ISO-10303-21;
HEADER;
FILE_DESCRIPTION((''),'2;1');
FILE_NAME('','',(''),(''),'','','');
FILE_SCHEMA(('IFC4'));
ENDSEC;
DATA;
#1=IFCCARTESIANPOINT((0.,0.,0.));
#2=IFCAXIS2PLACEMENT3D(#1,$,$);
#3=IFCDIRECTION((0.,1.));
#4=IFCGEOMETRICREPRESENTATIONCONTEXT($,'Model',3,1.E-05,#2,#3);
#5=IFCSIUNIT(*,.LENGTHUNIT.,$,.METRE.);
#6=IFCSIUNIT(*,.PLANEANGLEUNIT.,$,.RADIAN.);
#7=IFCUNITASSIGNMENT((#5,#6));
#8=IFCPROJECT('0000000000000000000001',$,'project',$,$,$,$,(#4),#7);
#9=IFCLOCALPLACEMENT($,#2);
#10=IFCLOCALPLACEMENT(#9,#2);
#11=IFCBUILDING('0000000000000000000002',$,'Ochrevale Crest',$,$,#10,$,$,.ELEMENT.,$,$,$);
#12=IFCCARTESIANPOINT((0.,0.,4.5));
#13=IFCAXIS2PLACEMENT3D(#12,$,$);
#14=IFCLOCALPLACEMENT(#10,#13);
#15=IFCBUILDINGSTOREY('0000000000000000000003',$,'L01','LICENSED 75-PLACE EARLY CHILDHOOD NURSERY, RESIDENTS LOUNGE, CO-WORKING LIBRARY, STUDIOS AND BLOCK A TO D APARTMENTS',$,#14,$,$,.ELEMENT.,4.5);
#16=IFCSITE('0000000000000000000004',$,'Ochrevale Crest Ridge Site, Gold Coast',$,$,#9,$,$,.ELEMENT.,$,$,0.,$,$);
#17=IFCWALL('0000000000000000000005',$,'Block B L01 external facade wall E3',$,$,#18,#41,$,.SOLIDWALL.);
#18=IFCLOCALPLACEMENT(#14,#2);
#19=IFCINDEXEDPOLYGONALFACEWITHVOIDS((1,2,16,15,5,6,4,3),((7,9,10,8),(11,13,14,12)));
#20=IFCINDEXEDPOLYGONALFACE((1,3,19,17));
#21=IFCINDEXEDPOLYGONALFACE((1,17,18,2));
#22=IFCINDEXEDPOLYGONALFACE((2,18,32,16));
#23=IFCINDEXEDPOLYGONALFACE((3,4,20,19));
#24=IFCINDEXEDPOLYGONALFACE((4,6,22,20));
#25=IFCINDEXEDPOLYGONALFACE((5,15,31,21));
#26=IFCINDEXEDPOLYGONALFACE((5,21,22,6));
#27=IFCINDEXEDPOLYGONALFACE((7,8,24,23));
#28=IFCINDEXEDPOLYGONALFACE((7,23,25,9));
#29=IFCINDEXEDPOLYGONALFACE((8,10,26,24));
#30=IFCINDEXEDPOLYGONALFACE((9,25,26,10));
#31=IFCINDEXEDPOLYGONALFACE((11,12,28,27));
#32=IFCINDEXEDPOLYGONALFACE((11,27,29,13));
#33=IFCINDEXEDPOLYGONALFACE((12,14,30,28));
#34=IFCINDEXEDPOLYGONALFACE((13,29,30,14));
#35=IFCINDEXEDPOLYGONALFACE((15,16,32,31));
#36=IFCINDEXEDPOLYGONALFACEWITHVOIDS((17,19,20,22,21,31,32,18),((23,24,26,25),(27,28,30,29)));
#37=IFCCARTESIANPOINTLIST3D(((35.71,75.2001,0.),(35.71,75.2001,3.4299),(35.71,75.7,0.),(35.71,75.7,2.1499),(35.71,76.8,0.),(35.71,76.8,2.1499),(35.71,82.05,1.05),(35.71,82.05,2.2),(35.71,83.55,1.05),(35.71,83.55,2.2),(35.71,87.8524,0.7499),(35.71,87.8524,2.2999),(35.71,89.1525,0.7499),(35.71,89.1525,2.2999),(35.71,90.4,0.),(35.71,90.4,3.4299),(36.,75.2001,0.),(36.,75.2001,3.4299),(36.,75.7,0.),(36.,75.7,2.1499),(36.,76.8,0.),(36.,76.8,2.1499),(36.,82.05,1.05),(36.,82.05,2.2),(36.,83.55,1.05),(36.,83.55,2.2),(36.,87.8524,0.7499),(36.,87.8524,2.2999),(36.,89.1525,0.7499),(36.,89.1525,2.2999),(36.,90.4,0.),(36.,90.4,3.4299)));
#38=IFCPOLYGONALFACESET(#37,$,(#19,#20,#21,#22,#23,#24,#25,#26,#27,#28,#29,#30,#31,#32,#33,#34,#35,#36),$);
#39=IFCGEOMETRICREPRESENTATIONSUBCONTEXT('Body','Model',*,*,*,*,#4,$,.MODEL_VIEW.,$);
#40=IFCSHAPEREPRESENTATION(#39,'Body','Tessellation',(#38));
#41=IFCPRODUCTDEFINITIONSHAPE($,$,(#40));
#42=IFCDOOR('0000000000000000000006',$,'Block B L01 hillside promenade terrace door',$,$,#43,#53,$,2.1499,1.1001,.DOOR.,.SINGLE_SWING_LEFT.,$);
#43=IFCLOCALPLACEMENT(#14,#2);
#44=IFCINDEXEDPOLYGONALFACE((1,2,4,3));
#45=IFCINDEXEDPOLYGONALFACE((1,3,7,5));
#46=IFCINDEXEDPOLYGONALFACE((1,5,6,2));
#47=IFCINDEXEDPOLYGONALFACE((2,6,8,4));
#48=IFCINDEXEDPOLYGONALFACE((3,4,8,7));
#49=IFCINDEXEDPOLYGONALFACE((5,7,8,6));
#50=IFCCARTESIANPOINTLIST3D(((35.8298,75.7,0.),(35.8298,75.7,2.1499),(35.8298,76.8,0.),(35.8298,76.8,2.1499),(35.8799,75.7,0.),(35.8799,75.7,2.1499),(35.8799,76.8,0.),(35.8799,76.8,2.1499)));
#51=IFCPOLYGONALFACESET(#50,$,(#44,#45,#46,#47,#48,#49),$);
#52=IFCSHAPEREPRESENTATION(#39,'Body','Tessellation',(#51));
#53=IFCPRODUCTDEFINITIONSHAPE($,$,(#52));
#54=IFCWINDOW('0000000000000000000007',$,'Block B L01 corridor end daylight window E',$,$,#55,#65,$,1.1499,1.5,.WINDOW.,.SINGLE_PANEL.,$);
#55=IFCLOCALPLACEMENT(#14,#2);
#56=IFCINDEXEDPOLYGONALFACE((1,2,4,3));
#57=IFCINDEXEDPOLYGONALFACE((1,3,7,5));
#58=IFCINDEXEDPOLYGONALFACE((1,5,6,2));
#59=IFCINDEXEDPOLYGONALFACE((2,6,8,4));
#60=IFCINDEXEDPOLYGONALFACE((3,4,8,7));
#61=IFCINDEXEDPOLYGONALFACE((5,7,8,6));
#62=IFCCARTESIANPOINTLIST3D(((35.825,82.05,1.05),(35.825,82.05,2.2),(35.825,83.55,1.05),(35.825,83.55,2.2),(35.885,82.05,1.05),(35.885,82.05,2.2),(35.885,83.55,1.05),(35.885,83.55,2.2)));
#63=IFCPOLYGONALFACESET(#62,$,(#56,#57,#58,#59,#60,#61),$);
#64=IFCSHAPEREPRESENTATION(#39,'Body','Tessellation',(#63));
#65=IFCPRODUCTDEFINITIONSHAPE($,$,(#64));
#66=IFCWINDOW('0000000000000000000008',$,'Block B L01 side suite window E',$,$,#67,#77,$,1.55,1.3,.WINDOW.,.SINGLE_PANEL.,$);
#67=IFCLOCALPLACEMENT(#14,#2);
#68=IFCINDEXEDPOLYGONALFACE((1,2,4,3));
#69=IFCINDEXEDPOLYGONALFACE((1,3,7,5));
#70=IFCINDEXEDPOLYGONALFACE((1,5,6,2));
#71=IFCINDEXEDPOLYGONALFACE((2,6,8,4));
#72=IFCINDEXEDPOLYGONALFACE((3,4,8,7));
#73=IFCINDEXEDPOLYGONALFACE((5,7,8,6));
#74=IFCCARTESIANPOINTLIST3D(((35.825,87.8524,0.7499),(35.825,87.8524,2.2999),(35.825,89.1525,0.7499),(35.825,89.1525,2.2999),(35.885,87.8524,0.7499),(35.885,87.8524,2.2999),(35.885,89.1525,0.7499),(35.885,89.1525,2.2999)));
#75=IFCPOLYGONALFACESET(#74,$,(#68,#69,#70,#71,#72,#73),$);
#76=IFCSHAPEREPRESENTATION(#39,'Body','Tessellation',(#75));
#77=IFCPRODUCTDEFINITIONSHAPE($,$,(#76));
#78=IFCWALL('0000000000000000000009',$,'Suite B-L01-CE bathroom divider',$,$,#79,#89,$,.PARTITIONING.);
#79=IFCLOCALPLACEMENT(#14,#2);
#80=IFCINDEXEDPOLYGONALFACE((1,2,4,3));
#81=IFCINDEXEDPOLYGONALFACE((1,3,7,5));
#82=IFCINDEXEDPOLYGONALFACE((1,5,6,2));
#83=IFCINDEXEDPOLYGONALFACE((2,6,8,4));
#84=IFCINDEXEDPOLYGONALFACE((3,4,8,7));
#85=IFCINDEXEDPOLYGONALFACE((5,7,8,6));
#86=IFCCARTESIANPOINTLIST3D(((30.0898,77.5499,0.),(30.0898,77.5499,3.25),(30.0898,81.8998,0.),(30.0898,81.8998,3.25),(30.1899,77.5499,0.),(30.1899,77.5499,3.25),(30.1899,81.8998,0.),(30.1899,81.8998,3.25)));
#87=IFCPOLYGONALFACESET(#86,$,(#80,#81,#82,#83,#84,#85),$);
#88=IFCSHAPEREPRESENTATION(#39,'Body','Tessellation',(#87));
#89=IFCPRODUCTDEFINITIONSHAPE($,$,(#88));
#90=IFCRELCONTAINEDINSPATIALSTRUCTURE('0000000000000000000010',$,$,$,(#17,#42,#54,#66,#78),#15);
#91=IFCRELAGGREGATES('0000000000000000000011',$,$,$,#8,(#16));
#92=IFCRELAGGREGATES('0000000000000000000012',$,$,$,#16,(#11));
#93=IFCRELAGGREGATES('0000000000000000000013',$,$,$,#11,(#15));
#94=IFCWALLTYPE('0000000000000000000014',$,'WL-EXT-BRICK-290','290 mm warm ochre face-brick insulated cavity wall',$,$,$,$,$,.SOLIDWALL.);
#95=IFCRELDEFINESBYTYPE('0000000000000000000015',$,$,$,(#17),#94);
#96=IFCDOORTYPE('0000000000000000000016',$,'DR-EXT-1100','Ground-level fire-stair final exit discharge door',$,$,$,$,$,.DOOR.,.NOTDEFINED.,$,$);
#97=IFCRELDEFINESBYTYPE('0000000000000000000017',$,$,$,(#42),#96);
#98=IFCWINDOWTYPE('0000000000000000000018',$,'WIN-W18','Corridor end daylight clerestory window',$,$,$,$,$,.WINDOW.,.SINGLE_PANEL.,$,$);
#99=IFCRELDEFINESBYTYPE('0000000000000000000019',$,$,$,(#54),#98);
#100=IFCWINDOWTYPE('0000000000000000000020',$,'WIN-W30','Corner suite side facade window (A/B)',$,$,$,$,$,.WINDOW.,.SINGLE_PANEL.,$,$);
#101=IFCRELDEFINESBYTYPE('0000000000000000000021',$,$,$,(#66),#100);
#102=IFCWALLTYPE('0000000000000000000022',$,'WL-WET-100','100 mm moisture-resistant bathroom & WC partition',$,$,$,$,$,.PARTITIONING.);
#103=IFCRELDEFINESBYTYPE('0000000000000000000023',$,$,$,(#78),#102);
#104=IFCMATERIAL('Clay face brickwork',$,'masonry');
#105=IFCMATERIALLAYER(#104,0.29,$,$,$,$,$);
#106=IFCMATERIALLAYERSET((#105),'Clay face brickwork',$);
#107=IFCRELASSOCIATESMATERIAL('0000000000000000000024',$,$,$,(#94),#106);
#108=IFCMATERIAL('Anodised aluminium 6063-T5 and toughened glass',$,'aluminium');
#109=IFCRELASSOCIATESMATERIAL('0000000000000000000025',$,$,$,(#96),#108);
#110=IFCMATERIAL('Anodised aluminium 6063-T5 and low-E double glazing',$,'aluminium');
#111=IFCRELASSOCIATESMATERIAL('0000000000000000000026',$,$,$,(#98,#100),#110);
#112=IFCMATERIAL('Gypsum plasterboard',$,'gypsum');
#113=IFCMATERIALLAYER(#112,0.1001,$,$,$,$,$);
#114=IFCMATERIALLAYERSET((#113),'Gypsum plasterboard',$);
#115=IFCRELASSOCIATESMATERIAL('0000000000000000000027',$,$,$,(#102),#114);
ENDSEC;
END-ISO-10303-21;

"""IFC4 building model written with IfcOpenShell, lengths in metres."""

from ifc_helpers import new_model, si_unit, direction, frame, frame_2d, origin, place, context, subcontext, project, spatial, rectangle, extrude, material, layer, layer_set, type_object, element, fill, save


model = new_model("IFC4")

# Units and contexts
model_context = context("Model", 3, precision=1e-05, world=origin(), true_north=direction((0.0, 1.0)))
body_context = subcontext(model_context, "Body", "Model", "MODEL_VIEW")
ifc_project = project(units=[si_unit("LENGTHUNIT", "METRE"), si_unit("PLANEANGLEUNIT", "RADIAN")], contexts=[model_context])

# Site, building, storey
site_placement = place(None, origin())
site = spatial("IfcSite", under=ifc_project, at=site_placement, Name="Ochrevale Crest Ridge Site, Gold Coast", CompositionType="ELEMENT", RefElevation=0.0)
building_placement = place(site_placement, origin())
building = spatial("IfcBuilding", under=site, at=building_placement, Name="Ochrevale Crest", CompositionType="ELEMENT")
storey_placement = place(building_placement, frame((0.0, 0.0, 4.5)))
storey = spatial("IfcBuildingStorey", under=building, at=storey_placement, Name="L01", Description="LICENSED 75-PLACE EARLY CHILDHOOD NURSERY, RESIDENTS LOUNGE, CO-WORKING LIBRARY, STUDIOS AND BLOCK A TO D APARTMENTS", CompositionType="ELEMENT", Elevation=4.5)

# Wall, openings, door, windows
ifc_material_1 = material(Name="Clay face brickwork", Category="masonry")
ifc_layer_1 = layer(ifc_material_1, 0.29)
ifc_layer_set_1 = layer_set([ifc_layer_1], Name="Clay face brickwork")
wall_type_1 = type_object("IfcWallType", Name="WL-EXT-BRICK-290", Description="290 mm warm ochre face-brick insulated cavity wall", PredefinedType="SOLIDWALL", material=ifc_layer_set_1)
wall_1_placement = place(storey_placement, frame((35.855, 75.2, 0.0), z_axis=(0.0, 0.0, 1.0), x_axis=(0.0, 1.0, 0.0)))
wall_1 = element("IfcWall", 1, at=wall_1_placement, inside=storey, type_object=wall_type_1, Name="Block B L01 external facade wall E3", PredefinedType="SOLIDWALL", context=body_context, shape_type="SweptSolid", body=[
    extrude(rectangle(XDim=15.2, YDim=0.29, at=frame_2d((7.6001, 0.0))), origin(), (0.0, 0.0, 1.0), 3.4299),
])
opening_1_placement = place(wall_1_placement, frame((1.6001, 0.0, 0.0), z_axis=(0.0, 0.0, 1.0), x_axis=(-1.0, 0.0, 0.0)))
opening_1 = element("IfcOpeningElement", 2, at=opening_1_placement, cuts=wall_1, PredefinedType="OPENING", context=body_context, shape_type="SweptSolid", body=[
    extrude(rectangle(XDim=1.1001, YDim=2.1499, at=frame_2d((0.55, 1.075))), frame((0.0, 0.155, 0.0), z_axis=(0.0, -1.0, 0.0), x_axis=(1.0, 0.0, 0.0)), (0.0, 0.0, 1.0), 0.3101),
])
opening_2_placement = place(wall_1_placement, frame((6.8501, 0.0, 1.05)))
opening_2 = element("IfcOpeningElement", 3, at=opening_2_placement, cuts=wall_1, PredefinedType="OPENING", context=body_context, shape_type="SweptSolid", body=[
    extrude(rectangle(XDim=1.5, YDim=1.1499, at=frame_2d((0.75, 0.575))), frame((0.0, 0.155, 0.0), z_axis=(0.0, -1.0, 0.0), x_axis=(1.0, 0.0, 0.0)), (0.0, 0.0, 1.0), 0.3101),
])
opening_3_placement = place(wall_1_placement, frame((12.6526, 0.0, 0.75)))
opening_3 = element("IfcOpeningElement", 4, at=opening_3_placement, cuts=wall_1, PredefinedType="OPENING", context=body_context, shape_type="SweptSolid", body=[
    extrude(rectangle(XDim=1.3, YDim=1.55, at=frame_2d((0.6499, 0.7749))), frame((0.0, 0.155, 0.0), z_axis=(0.0, -1.0, 0.0), x_axis=(1.0, 0.0, 0.0)), (0.0, 0.0, 1.0), 0.3101),
])
ifc_material_2 = material(Name="Anodised aluminium 6063-T5 and toughened glass", Category="aluminium")
door_type = type_object("IfcDoorType", Name="DR-EXT-1100", Description="Ground-level fire-stair final exit discharge door", OperationType="NOTDEFINED", PredefinedType="DOOR", material=ifc_material_2)
door_placement = place(opening_1_placement, origin())
door = element("IfcDoor", 5, at=door_placement, inside=storey, type_object=door_type, Name="Block B L01 hillside promenade terrace door", OperationType="SINGLE_SWING_LEFT", OverallHeight=2.1499, OverallWidth=1.1001, PredefinedType="DOOR", context=body_context, shape_type="SweptSolid", body=[
    extrude(rectangle(XDim=1.1001, YDim=2.1499, at=frame_2d((0.55, 1.075))), frame((0.0, 0.0249, 0.0), z_axis=(0.0, -1.0, 0.0), x_axis=(1.0, 0.0, 0.0)), (0.0, 0.0, 1.0), 0.05),
])
fill(opening_1, door)
ifc_material_3 = material(Name="Anodised aluminium 6063-T5 and low-E double glazing", Category="aluminium")
window_type_1 = type_object("IfcWindowType", Name="WIN-W18", Description="Corridor end daylight clerestory window", PartitioningType="SINGLE_PANEL", PredefinedType="WINDOW", material=ifc_material_3)
window_1_placement = place(opening_2_placement, origin())
window_1 = element("IfcWindow", 6, at=window_1_placement, inside=storey, type_object=window_type_1, Name="Block B L01 corridor end daylight window E", OverallHeight=1.1499, OverallWidth=1.5, PartitioningType="SINGLE_PANEL", PredefinedType="WINDOW", context=body_context, shape_type="SweptSolid", body=[
    extrude(rectangle(XDim=1.5, YDim=1.1499, at=frame_2d((0.75, 0.575))), frame((0.0, 0.03, 0.0), z_axis=(0.0, -1.0, 0.0), x_axis=(1.0, 0.0, 0.0)), (0.0, 0.0, 1.0), 0.0601),
])
fill(opening_2, window_1)
window_type_2 = type_object("IfcWindowType", Name="WIN-W30", Description="Corner suite side facade window (A/B)", PartitioningType="SINGLE_PANEL", PredefinedType="WINDOW", material=ifc_material_3)
window_2_placement = place(opening_3_placement, origin())
window_2 = element("IfcWindow", 7, at=window_2_placement, inside=storey, type_object=window_type_2, Name="Block B L01 side suite window E", OverallHeight=1.55, OverallWidth=1.3, PartitioningType="SINGLE_PANEL", PredefinedType="WINDOW", context=body_context, shape_type="SweptSolid", body=[
    extrude(rectangle(XDim=1.3, YDim=1.55, at=frame_2d((0.6499, 0.7749))), frame((0.0, 0.03, 0.0), z_axis=(0.0, -1.0, 0.0), x_axis=(1.0, 0.0, 0.0)), (0.0, 0.0, 1.0), 0.0601),
])
fill(opening_3, window_2)

# Wall
ifc_material_4 = material(Name="Gypsum plasterboard", Category="gypsum")
ifc_layer_2 = layer(ifc_material_4, 0.1001)
ifc_layer_set_2 = layer_set([ifc_layer_2], Name="Gypsum plasterboard")
wall_type_2 = type_object("IfcWallType", Name="WL-WET-100", Description="100 mm moisture-resistant bathroom & WC partition", PredefinedType="PARTITIONING", material=ifc_layer_set_2)
wall_2_placement = place(storey_placement, frame((30.1399, 77.55, 0.0), z_axis=(0.0, 0.0, 1.0), x_axis=(0.0, 1.0, 0.0)))
element("IfcWall", 8, at=wall_2_placement, inside=storey, type_object=wall_type_2, Name="Suite B-L01-CE bathroom divider", PredefinedType="PARTITIONING", context=body_context, shape_type="SweptSolid", body=[
    extrude(rectangle(XDim=4.3499, YDim=0.1001, at=frame_2d((2.1748, 0.0))), origin(), (0.0, 0.0, 1.0), 3.25),
])

save(model, "model.ifc")
